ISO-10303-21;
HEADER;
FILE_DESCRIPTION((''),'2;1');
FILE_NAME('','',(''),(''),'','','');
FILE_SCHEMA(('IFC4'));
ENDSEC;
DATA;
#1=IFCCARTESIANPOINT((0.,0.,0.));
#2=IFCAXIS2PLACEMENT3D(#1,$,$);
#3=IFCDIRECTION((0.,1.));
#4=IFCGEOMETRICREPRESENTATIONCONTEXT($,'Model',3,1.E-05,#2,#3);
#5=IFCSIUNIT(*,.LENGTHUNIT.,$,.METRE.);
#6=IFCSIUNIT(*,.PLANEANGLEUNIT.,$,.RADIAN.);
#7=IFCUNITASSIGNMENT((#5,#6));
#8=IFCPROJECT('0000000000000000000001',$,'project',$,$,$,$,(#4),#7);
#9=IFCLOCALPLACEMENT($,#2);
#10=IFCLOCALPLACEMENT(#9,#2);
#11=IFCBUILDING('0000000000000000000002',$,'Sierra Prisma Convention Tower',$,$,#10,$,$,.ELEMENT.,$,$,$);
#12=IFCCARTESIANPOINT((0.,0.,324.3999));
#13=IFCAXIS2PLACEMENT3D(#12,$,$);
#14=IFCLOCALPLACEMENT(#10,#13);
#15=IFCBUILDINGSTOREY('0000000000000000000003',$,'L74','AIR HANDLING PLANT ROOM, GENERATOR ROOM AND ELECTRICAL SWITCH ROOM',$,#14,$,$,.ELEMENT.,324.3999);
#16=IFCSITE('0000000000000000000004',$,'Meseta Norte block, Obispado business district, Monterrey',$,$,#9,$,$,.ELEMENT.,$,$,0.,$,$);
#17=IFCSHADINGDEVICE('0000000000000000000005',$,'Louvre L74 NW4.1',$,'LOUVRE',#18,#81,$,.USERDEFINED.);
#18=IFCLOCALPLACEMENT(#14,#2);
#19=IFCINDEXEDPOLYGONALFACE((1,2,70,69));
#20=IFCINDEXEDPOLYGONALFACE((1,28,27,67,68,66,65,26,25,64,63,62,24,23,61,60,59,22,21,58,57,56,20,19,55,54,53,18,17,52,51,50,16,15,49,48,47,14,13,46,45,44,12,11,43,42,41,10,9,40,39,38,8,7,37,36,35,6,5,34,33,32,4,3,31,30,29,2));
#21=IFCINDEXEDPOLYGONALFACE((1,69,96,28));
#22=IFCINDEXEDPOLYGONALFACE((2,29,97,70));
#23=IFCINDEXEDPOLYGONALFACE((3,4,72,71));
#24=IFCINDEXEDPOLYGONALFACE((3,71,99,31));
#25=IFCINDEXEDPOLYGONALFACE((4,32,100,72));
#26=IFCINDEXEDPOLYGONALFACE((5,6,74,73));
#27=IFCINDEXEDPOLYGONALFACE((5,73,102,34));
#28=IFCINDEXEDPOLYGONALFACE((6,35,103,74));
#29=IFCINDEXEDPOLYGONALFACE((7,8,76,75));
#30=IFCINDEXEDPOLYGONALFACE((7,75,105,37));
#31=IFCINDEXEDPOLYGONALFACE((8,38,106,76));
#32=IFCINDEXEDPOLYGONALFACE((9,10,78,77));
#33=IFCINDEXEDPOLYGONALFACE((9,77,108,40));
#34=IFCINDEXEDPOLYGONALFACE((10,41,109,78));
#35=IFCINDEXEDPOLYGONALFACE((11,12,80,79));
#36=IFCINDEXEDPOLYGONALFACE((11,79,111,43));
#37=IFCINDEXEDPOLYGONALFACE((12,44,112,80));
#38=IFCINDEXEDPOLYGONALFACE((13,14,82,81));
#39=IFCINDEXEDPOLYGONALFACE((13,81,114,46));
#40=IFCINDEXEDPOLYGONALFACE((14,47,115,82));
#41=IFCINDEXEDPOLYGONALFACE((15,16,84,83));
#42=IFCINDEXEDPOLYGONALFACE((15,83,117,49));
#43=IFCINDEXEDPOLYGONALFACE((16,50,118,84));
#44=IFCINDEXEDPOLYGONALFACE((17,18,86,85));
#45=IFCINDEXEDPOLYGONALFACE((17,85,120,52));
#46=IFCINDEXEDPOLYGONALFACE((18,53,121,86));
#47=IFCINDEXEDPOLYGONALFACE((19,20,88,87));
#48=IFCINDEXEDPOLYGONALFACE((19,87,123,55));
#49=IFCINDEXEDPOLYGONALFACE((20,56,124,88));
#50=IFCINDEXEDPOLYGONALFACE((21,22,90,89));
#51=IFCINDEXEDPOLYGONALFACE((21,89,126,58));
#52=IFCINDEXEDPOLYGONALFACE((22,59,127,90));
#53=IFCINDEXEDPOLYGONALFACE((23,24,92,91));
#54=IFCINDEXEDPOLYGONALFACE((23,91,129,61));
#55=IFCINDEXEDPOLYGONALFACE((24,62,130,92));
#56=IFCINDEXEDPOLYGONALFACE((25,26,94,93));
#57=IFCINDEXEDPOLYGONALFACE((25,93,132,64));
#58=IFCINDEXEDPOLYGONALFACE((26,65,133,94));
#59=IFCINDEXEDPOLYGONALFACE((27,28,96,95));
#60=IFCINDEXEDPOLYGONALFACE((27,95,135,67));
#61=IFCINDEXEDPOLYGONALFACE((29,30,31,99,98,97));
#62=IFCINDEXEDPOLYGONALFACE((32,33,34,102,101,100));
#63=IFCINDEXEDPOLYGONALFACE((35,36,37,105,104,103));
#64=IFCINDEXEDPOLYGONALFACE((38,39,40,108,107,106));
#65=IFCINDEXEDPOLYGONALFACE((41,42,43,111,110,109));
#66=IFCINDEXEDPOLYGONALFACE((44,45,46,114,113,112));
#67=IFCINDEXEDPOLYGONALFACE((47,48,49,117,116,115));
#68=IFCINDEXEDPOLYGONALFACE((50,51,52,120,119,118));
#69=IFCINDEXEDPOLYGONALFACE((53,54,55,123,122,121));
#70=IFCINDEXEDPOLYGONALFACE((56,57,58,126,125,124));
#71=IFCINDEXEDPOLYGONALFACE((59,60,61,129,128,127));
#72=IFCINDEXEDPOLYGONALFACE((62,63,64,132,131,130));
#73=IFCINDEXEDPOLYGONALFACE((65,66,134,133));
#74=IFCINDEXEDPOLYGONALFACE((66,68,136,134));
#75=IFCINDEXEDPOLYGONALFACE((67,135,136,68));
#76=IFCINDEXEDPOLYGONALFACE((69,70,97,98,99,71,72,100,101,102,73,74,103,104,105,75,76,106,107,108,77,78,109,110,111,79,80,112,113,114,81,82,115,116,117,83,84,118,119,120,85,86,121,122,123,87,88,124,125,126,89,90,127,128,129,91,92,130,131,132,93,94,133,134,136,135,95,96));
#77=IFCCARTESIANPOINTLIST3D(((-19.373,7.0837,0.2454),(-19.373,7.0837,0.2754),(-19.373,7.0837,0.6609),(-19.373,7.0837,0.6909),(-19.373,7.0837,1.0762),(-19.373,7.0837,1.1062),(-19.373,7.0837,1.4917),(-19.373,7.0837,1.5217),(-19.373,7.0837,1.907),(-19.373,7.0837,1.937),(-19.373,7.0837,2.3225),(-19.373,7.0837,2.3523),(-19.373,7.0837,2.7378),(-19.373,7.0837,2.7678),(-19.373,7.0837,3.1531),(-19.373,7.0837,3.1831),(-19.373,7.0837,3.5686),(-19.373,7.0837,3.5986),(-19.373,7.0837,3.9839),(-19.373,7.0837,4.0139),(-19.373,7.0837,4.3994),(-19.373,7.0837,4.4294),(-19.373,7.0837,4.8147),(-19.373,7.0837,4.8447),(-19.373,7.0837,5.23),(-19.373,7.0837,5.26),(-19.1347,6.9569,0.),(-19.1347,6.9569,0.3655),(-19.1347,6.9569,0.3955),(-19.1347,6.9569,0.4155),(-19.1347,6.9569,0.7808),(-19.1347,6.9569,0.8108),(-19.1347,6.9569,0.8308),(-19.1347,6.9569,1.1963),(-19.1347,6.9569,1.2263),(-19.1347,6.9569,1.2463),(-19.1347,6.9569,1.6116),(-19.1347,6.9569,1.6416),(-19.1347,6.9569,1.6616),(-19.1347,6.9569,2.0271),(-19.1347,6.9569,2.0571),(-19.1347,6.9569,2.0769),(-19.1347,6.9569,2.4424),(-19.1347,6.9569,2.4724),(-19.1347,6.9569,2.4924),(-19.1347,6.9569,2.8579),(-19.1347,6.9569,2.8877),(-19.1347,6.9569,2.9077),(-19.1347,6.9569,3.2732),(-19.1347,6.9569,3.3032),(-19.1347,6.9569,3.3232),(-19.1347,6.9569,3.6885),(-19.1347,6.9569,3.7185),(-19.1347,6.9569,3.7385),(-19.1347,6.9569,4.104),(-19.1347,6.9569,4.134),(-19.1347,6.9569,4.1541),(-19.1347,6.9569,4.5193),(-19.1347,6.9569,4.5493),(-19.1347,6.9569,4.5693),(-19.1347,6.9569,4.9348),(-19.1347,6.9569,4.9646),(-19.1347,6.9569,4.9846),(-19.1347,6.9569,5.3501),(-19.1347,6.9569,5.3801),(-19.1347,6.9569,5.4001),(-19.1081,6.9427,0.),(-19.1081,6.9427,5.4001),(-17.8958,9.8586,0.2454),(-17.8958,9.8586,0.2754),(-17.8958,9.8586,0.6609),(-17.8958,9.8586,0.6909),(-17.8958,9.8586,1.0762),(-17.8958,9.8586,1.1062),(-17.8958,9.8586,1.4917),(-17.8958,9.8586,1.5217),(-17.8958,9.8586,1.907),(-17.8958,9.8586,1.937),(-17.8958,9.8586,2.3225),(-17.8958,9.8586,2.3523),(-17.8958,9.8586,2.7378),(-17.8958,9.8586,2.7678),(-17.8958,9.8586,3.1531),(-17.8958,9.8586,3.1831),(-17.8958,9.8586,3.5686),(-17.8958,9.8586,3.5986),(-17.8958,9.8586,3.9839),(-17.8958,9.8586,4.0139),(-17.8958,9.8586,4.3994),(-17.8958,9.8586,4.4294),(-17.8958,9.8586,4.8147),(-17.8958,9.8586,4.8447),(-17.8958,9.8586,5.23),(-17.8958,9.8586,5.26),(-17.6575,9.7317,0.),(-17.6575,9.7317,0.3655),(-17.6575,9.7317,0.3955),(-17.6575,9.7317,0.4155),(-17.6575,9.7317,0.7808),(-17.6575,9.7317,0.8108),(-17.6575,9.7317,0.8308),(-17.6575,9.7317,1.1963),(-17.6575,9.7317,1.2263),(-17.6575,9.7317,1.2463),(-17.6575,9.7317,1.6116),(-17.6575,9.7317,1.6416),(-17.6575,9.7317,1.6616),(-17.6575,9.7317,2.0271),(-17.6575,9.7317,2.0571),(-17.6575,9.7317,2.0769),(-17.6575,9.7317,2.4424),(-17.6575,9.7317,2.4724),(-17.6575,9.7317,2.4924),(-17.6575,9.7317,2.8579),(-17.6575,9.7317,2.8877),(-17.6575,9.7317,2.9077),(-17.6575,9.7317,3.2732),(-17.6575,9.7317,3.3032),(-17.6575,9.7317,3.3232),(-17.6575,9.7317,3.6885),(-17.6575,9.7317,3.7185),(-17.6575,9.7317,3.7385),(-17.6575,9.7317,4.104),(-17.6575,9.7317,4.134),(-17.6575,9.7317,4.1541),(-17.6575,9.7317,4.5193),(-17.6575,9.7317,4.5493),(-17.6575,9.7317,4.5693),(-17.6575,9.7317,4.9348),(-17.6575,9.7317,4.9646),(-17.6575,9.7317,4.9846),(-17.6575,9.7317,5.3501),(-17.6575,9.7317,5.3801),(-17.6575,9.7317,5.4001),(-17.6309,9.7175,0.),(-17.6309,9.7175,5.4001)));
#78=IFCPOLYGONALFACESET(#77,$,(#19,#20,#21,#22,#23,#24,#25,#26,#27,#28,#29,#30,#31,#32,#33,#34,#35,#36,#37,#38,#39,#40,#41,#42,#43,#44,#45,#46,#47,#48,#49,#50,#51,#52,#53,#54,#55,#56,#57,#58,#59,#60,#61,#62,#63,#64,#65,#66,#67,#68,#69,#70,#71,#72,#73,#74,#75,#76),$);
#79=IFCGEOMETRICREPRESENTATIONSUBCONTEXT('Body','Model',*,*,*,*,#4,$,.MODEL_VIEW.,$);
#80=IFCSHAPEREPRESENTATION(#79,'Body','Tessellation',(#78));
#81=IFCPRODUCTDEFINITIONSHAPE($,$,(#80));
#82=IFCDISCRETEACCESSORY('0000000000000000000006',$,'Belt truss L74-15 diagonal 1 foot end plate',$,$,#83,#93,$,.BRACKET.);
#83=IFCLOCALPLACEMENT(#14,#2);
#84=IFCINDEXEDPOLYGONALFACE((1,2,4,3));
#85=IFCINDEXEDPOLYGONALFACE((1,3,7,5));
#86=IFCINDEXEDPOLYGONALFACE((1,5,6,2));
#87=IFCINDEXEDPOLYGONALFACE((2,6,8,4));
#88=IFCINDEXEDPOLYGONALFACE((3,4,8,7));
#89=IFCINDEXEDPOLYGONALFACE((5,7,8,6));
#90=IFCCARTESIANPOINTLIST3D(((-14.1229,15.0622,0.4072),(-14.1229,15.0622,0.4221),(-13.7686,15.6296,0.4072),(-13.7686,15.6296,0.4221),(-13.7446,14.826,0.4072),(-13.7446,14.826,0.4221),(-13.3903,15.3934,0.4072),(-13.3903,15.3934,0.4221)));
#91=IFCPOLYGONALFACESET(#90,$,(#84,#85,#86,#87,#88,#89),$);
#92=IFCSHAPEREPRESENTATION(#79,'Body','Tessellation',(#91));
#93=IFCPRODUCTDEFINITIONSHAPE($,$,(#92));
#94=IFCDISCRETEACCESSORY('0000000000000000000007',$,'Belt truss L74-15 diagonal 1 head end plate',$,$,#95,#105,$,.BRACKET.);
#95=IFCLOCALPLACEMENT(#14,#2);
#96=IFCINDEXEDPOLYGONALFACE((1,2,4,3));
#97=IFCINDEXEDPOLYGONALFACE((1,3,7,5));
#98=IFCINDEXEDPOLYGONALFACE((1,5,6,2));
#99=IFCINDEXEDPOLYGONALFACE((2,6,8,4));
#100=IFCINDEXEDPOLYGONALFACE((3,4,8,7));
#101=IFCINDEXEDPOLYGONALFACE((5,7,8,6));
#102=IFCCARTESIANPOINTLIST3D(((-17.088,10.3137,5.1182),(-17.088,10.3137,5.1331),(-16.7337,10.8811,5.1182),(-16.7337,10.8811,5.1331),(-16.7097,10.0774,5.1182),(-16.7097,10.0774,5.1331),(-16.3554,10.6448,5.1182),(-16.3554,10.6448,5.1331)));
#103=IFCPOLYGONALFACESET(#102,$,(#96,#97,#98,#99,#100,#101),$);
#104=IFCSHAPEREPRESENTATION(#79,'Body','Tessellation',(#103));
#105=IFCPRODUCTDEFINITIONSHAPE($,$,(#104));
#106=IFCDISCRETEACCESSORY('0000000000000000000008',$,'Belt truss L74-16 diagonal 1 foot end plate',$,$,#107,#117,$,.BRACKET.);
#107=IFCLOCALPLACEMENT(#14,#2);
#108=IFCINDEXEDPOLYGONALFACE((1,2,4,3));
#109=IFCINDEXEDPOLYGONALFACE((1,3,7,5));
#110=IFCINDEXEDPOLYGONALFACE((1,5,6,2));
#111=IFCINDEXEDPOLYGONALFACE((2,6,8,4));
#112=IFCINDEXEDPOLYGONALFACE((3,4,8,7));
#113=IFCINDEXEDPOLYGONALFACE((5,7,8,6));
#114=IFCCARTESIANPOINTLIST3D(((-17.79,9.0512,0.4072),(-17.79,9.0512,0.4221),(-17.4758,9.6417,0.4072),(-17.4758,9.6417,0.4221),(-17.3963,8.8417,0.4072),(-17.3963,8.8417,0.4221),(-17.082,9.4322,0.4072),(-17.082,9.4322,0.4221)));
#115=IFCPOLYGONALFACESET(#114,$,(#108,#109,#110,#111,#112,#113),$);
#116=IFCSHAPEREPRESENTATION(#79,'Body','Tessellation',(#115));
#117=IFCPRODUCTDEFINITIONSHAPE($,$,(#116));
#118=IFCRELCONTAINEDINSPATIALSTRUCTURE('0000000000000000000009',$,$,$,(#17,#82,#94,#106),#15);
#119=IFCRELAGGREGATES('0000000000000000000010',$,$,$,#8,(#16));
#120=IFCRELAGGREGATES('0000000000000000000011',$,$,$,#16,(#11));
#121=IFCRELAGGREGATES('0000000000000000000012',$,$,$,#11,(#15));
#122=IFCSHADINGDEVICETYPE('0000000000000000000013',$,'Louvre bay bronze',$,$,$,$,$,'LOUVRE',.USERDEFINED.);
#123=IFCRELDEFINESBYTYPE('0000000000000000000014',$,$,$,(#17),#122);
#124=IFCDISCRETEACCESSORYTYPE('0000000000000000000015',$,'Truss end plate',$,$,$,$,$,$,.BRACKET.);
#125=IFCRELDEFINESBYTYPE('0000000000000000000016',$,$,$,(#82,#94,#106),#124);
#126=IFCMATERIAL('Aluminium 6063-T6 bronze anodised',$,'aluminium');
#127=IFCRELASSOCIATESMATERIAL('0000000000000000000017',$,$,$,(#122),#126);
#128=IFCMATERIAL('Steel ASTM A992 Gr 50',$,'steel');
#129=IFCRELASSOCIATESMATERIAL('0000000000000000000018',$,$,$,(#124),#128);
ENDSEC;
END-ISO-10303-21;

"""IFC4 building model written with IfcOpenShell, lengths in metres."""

from ifc_helpers import new_model, si_unit, direction, frame, origin, origin_2d, place, context, subcontext, project, spatial, polyline, rectangle, outline, extrude, material, type_object, element, save


model = new_model("IFC4")

# Units and contexts
model_context = context("Model", 3, precision=1e-05, world=origin(), true_north=direction((0.0, 1.0)))
body_context = subcontext(model_context, "Body", "Model", "MODEL_VIEW")
ifc_project = project(units=[si_unit("LENGTHUNIT", "METRE"), si_unit("PLANEANGLEUNIT", "RADIAN")], contexts=[model_context])

# Site, building, storey
site_placement = place(None, origin())
site = spatial("IfcSite", under=ifc_project, at=site_placement, Name="Meseta Norte block, Obispado business district, Monterrey", CompositionType="ELEMENT", RefElevation=0.0)
building_placement = place(site_placement, origin())
building = spatial("IfcBuilding", under=site, at=building_placement, Name="Sierra Prisma Convention Tower", CompositionType="ELEMENT")
storey_placement = place(building_placement, frame((0.0, 0.0, 324.3999)))
storey = spatial("IfcBuildingStorey", under=building, at=storey_placement, Name="L74", Description="AIR HANDLING PLANT ROOM, GENERATOR ROOM AND ELECTRICAL SWITCH ROOM", CompositionType="ELEMENT", Elevation=324.3999)

# Shading device
ifc_material_1 = material(Name="Aluminium 6063-T6 bronze anodised", Category="aluminium")
shading_device_type = type_object("IfcShadingDeviceType", Name="Louvre bay bronze", ElementType="LOUVRE", PredefinedType="USERDEFINED", material=ifc_material_1)
shading_device_1_placement = place(storey_placement, frame((-17.6309, 9.7175, 0.0), z_axis=(0.46993, 0.882704, 0.0), x_axis=(0.0, 0.0, 1.0)))
element("IfcShadingDevice", 1, at=shading_device_1_placement, inside=storey, type_object=shading_device_type, Name="Louvre L74 NW4.1", ObjectType="LOUVRE", PredefinedType="USERDEFINED", context=body_context, shape_type="SweptSolid", body=[
    extrude(outline(polyline([(0.0, 0.0), (5.4001, 0.0), (5.4001, -0.0301), (5.3801, -0.0301), (5.26, -0.3001), (5.23, -0.3001), (5.3501, -0.0301), (4.9846, -0.0301), (4.9646, -0.0301), (4.8447, -0.3001), (4.8147, -0.3001), (4.9348, -0.0301), (4.5693, -0.0301), (4.5493, -0.0301), (4.4294, -0.3001), (4.3994, -0.3001), (4.5193, -0.0301), (4.1541, -0.0301), (4.134, -0.0301), (4.0139, -0.3001), (3.9839, -0.3001), (4.104, -0.0301), (3.7385, -0.0301), (3.7185, -0.0301), (3.5986, -0.3001), (3.5686, -0.3001), (3.6885, -0.0301), (3.3232, -0.0301), (3.3032, -0.0301), (3.1831, -0.3001), (3.1531, -0.3001), (3.2732, -0.0301), (2.9077, -0.0301), (2.8877, -0.0301), (2.7678, -0.3001), (2.7378, -0.3001), (2.8579, -0.0301), (2.4924, -0.0301), (2.4724, -0.0301), (2.3523, -0.3001), (2.3225, -0.3001), (2.4424, -0.0301), (2.0769, -0.0301), (2.0571, -0.0301), (1.937, -0.3001), (1.907, -0.3001), (2.0271, -0.0301), (1.6616, -0.0301), (1.6416, -0.0301), (1.5217, -0.3001), (1.4917, -0.3001), (1.6116, -0.0301), (1.2463, -0.0301), (1.2263, -0.0301), (1.1062, -0.3001), (1.0762, -0.3001), (1.1963, -0.0301), (0.8308, -0.0301), (0.8108, -0.0301), (0.6909, -0.3001), (0.6609, -0.3001), (0.7808, -0.0301), (0.4155, -0.0301), (0.3955, -0.0301), (0.2754, -0.3001), (0.2454, -0.3001), (0.3655, -0.0301), (0.0, -0.0301), (0.0, 0.0)])), origin(), (0.0, 0.0, -1.0), 3.1436),
])

# Discrete accessories
ifc_material_2 = material(Name="Steel ASTM A992 Gr 50", Category="steel")
discrete_accessory_type = type_object("IfcDiscreteAccessoryType", Name="Truss end plate", PredefinedType="BRACKET", material=ifc_material_2)
for number, where, z_axis, x_axis, name in (
    (2, (-13.7566, 15.2278, 0.4072), (0.0, 0.0, 1.0), (-0.52966, -0.84821, 0.0), "Belt truss L74-15 diagonal 1 foot end plate"),
    (3, (-16.7217, 10.4792, 5.1182), (0.0, 0.0, 1.0), (-0.52966, -0.84821, 0.0), "Belt truss L74-15 diagonal 1 head end plate"),
    (4, (-17.436, 9.2417, 0.4072), (0.0, 0.0, 1.0), (-0.469738, -0.882806, 0.0), "Belt truss L74-16 diagonal 1 foot end plate"),
):
    element("IfcDiscreteAccessory", number, at=place(storey_placement, frame(where, z_axis=z_axis, x_axis=x_axis)), inside=storey, type_object=discrete_accessory_type, Name=name, PredefinedType="BRACKET", context=body_context, shape_type="SweptSolid", body=[
        extrude(rectangle(XDim=0.6689, YDim=0.446, at=origin_2d()), origin(), (0.0, 0.0, 1.0), 0.0149),
    ])

save(model, "model.ifc")
